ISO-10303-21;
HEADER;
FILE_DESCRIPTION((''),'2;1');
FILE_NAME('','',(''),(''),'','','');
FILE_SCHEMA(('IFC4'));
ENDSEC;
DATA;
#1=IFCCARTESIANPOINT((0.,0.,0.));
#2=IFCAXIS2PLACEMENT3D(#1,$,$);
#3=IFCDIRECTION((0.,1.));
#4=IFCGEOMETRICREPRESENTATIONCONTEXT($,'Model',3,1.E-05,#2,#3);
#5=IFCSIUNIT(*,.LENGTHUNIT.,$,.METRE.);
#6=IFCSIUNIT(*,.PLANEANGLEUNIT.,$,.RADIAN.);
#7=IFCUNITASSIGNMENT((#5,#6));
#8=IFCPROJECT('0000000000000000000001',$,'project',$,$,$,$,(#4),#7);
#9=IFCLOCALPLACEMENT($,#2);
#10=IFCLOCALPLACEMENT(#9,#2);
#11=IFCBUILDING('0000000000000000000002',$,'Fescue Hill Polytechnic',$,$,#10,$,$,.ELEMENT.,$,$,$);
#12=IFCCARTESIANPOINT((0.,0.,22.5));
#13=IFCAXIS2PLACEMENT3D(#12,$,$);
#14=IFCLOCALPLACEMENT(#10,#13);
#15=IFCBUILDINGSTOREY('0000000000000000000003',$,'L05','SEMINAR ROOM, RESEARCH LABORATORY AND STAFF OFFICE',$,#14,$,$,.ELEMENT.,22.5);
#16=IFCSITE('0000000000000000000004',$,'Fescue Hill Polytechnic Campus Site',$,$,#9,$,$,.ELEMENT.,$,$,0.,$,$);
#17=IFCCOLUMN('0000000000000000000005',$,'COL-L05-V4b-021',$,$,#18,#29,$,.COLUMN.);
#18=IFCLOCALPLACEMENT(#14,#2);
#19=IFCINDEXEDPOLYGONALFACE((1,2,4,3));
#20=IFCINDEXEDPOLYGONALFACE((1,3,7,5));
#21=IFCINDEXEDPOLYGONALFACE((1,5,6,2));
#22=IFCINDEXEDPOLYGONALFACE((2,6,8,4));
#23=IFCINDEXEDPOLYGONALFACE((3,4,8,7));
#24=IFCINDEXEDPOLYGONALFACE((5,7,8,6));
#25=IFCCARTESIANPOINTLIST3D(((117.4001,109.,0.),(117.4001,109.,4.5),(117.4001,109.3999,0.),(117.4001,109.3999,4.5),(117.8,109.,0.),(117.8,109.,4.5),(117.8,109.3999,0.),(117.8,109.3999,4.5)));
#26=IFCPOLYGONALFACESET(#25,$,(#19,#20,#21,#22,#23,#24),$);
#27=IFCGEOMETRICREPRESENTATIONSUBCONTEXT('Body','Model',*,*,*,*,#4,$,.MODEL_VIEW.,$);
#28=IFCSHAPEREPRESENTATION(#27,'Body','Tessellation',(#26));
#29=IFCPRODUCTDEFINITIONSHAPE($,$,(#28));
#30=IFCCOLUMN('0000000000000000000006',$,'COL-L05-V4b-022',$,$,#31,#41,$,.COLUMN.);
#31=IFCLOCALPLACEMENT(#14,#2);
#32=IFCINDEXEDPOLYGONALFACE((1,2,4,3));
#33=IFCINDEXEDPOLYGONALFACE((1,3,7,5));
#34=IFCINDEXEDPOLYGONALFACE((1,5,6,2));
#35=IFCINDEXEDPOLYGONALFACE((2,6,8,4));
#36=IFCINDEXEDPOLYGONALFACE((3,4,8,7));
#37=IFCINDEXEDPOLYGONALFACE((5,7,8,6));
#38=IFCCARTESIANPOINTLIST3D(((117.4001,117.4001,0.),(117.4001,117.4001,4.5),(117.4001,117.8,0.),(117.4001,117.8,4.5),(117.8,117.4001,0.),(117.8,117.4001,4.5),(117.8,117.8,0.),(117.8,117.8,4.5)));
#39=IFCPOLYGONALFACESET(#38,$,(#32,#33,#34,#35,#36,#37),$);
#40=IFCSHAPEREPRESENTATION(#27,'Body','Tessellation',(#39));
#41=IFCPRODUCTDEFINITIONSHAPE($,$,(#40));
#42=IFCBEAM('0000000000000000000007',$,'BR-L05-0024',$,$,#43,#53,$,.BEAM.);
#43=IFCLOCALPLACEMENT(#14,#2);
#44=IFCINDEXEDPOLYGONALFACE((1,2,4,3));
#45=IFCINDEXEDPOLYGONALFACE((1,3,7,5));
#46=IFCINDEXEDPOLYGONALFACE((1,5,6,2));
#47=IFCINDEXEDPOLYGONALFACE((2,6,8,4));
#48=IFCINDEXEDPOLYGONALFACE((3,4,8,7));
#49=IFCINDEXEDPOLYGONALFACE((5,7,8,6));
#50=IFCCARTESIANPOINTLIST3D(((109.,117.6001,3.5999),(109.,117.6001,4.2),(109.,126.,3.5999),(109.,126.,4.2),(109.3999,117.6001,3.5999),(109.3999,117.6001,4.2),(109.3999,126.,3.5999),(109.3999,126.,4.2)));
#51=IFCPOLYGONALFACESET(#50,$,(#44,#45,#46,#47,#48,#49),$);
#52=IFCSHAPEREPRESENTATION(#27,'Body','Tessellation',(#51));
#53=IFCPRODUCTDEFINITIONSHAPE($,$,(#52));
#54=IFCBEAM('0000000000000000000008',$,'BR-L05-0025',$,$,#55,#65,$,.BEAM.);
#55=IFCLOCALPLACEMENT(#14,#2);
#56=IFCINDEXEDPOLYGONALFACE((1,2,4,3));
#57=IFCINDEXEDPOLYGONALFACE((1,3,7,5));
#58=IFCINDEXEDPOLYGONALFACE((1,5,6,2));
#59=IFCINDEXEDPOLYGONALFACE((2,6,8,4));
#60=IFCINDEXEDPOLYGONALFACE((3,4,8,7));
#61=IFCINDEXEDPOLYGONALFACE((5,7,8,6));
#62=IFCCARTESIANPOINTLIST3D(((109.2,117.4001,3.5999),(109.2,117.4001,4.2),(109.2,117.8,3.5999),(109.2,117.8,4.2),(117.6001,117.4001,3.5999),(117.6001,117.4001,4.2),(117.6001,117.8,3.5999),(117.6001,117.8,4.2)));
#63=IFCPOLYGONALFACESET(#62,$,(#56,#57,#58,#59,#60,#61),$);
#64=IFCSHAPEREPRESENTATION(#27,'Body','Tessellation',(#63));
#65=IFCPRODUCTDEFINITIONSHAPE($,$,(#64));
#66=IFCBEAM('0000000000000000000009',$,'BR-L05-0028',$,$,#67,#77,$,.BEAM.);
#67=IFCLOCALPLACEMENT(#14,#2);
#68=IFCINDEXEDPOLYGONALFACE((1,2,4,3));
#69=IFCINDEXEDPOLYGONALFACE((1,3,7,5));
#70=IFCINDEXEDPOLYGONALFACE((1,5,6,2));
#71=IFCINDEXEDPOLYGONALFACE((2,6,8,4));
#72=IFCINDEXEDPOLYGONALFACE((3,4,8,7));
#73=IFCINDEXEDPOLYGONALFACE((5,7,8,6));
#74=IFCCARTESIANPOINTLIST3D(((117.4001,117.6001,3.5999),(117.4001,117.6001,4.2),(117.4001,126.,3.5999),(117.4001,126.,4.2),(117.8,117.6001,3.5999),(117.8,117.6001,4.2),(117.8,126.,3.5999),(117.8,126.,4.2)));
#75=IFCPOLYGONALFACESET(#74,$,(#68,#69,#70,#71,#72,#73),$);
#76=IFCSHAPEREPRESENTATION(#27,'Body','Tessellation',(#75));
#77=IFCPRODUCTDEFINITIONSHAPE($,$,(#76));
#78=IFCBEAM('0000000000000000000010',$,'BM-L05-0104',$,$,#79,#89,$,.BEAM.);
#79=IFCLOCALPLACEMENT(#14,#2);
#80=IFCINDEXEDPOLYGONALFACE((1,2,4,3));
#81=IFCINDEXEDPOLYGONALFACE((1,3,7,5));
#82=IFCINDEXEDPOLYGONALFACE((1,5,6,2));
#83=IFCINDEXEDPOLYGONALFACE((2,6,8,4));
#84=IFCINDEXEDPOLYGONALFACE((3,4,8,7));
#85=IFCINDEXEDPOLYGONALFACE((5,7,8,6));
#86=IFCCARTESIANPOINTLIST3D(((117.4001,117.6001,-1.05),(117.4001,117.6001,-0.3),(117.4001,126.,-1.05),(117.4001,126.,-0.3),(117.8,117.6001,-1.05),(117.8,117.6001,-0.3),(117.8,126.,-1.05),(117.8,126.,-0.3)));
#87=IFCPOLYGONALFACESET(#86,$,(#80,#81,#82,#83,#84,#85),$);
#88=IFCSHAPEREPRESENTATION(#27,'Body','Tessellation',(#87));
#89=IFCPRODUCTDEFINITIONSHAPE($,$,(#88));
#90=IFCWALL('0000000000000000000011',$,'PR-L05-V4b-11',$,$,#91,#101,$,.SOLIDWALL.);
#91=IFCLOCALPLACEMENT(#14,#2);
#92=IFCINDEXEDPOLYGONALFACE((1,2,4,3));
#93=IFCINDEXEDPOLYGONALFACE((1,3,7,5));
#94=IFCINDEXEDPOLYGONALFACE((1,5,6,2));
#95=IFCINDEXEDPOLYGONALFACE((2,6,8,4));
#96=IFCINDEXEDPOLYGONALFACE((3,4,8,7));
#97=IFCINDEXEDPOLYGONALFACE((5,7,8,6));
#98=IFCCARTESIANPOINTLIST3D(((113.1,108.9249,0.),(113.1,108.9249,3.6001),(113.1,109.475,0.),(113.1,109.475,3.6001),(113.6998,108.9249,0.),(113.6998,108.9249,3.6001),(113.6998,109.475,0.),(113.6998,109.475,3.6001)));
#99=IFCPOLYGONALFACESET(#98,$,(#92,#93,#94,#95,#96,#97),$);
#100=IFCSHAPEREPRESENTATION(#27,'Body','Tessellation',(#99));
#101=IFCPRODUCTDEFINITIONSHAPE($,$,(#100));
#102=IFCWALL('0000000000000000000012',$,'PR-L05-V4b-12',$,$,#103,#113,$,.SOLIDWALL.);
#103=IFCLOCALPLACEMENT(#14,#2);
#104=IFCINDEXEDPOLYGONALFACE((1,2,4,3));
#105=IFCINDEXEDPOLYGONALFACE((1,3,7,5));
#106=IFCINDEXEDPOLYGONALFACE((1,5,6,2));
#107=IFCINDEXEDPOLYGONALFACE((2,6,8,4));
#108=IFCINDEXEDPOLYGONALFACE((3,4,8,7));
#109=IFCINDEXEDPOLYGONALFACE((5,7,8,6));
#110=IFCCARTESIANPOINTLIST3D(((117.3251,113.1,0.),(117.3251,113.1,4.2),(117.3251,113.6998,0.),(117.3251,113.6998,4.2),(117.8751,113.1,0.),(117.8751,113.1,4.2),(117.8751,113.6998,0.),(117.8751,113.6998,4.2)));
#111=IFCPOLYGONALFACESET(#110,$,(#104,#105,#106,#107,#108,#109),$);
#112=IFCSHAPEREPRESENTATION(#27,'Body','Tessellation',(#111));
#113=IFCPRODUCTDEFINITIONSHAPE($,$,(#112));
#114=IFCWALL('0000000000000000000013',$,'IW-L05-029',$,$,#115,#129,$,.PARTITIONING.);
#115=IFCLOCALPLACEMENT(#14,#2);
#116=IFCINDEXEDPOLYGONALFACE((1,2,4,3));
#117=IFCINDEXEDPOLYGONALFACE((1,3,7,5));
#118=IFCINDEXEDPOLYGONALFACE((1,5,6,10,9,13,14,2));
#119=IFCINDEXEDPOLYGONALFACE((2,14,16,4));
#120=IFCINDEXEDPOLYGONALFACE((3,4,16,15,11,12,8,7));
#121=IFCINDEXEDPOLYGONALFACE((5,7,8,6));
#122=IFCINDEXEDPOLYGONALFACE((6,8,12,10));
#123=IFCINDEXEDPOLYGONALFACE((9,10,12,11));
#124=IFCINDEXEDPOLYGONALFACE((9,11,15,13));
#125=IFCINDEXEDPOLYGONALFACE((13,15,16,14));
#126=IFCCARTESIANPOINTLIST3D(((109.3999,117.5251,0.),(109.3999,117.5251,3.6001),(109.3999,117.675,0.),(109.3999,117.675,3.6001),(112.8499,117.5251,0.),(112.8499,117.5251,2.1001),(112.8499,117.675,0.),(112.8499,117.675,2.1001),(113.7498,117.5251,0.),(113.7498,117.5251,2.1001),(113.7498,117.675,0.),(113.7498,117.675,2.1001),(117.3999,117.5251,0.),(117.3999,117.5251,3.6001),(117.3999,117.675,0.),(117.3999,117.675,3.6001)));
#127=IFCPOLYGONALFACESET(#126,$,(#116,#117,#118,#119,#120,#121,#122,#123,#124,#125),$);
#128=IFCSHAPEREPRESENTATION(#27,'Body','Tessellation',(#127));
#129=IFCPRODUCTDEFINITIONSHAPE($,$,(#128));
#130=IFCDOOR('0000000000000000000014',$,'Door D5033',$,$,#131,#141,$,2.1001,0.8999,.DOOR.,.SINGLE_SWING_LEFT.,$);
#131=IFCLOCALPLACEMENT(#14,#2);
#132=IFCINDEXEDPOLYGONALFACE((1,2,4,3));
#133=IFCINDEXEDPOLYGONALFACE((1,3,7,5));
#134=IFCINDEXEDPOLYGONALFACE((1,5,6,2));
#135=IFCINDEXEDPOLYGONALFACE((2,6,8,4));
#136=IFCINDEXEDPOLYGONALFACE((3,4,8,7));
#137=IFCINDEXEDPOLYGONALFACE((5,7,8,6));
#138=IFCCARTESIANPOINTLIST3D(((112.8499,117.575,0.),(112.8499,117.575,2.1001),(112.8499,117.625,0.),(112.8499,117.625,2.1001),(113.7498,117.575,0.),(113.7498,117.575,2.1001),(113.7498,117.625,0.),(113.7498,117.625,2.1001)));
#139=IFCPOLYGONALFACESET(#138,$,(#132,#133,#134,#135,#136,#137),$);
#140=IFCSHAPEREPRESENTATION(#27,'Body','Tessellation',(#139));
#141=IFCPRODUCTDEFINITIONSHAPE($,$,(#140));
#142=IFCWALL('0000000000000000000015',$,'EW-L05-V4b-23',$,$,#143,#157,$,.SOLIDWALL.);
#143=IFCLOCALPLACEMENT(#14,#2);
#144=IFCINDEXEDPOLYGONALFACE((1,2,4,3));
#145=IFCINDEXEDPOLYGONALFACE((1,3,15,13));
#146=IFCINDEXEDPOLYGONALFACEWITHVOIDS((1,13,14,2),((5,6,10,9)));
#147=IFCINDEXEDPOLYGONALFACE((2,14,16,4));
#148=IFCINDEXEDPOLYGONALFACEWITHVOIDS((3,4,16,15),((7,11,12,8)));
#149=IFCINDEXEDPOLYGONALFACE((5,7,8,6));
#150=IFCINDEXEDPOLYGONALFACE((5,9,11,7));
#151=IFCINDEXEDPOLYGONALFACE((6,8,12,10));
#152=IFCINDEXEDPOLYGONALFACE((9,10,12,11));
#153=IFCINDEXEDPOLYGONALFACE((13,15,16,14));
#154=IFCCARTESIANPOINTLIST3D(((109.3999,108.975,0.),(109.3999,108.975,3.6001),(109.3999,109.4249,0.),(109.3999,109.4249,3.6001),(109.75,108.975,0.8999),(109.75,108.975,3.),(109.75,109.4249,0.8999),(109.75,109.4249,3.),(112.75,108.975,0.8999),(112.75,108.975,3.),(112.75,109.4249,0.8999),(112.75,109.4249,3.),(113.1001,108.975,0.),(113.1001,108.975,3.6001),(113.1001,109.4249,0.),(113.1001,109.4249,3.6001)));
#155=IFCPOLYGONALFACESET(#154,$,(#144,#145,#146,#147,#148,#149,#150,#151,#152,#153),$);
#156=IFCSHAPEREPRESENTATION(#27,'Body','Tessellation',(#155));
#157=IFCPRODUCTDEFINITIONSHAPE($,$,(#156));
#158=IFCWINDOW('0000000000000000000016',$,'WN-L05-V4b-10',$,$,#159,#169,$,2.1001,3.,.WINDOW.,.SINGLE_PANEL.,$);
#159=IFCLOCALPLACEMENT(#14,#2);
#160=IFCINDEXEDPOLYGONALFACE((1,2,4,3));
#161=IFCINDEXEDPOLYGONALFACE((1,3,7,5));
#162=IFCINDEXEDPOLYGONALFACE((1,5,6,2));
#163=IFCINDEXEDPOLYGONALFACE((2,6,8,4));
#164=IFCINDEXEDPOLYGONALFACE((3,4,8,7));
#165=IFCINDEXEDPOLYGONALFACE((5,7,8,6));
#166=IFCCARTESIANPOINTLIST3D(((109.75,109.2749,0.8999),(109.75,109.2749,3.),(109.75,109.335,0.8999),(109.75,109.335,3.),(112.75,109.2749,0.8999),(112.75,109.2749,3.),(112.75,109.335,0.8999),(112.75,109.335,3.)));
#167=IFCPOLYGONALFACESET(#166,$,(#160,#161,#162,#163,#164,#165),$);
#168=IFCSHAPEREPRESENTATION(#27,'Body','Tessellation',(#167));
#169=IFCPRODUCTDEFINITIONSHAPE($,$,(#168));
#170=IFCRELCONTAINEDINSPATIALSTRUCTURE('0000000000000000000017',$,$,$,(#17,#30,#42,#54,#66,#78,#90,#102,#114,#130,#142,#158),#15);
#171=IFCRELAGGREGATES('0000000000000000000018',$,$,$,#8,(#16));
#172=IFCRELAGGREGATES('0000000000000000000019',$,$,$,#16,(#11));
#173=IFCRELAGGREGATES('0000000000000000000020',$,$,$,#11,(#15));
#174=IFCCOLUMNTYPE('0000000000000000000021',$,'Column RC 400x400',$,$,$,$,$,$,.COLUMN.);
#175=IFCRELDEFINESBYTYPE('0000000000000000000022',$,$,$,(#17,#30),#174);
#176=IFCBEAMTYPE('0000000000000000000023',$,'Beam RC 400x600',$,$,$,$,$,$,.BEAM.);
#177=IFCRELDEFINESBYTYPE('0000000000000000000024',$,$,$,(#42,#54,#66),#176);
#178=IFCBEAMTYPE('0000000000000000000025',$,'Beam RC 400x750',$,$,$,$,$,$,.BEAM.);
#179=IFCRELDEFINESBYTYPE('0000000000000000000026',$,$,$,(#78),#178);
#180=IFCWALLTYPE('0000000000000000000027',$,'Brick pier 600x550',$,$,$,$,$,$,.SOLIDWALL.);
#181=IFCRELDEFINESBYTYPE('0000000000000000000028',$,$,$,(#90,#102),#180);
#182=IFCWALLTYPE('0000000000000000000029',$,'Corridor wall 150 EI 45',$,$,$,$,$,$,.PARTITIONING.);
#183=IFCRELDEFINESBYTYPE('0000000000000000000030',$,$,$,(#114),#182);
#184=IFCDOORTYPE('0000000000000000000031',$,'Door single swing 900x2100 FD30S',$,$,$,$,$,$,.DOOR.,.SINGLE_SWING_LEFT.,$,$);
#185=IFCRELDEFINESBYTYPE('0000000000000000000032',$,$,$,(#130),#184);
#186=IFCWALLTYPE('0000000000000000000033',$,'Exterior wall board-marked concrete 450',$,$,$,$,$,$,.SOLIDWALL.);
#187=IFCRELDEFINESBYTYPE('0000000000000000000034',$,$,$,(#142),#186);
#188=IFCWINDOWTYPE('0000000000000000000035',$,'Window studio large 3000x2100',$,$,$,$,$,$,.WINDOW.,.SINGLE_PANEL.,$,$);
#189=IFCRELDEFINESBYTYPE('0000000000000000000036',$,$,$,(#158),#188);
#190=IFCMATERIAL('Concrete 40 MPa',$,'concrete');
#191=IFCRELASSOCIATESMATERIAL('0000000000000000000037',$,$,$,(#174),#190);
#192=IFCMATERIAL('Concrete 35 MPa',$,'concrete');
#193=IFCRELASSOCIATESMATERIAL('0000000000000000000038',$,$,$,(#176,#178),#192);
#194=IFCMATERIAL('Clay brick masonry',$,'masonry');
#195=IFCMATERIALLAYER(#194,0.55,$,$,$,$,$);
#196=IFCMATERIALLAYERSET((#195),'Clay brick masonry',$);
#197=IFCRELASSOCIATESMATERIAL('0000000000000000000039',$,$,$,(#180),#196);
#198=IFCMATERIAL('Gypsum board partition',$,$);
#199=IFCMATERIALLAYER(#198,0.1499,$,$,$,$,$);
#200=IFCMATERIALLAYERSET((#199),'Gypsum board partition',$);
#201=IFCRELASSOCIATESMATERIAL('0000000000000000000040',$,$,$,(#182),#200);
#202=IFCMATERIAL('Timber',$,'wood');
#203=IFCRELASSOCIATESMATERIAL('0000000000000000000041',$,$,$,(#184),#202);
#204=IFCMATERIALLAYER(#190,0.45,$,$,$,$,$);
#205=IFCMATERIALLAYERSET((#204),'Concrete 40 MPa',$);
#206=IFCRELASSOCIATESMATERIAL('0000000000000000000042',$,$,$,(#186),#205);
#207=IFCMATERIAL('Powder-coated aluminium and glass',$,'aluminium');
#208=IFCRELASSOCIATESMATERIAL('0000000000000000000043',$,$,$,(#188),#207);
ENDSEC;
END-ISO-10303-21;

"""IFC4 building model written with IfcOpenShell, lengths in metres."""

from ifc_helpers import new_model, si_unit, direction, frame, frame_2d, origin, origin_2d, place, context, subcontext, project, spatial, rectangle, extrude, material, layer, layer_set, material_profile, profile_set, type_object, element, fill, save


model = new_model("IFC4")

# Units and contexts
model_context = context("Model", 3, precision=1e-05, world=origin(), true_north=direction((0.0, 1.0)))
body_context = subcontext(model_context, "Body", "Model", "MODEL_VIEW")
ifc_project = project(units=[si_unit("LENGTHUNIT", "METRE"), si_unit("PLANEANGLEUNIT", "RADIAN")], contexts=[model_context])

# Site, building, storey
site_placement = place(None, origin())
site = spatial("IfcSite", under=ifc_project, at=site_placement, Name="Fescue Hill Polytechnic Campus Site", CompositionType="ELEMENT", RefElevation=0.0)
building_placement = place(site_placement, origin())
building = spatial("IfcBuilding", under=site, at=building_placement, Name="Fescue Hill Polytechnic", CompositionType="ELEMENT")
storey_placement = place(building_placement, frame((0.0, 0.0, 22.5)))
storey = spatial("IfcBuildingStorey", under=building, at=storey_placement, Name="L05", Description="SEMINAR ROOM, RESEARCH LABORATORY AND STAFF OFFICE", CompositionType="ELEMENT", Elevation=22.5)

# Columns
ifc_material_1 = material(Name="Concrete 40 MPa", Category="concrete")
ifc_material_profile_1 = material_profile(ifc_material_1, rectangle(XDim=0.3999, YDim=0.3999, at=origin_2d()), Name="RC 400x400")
ifc_profile_set_1 = profile_set([ifc_material_profile_1], Name="Concrete 40 MPa")
column_type = type_object("IfcColumnType", Name="Column RC 400x400", PredefinedType="COLUMN", material=ifc_profile_set_1)
for number, where, z_axis, x_axis, name in (
    (1, (117.6001, 109.2, 0.0), (0.0, 0.0, 1.0), (1.0, 0.0, 0.0), "COL-L05-V4b-021"),
    (2, (117.6001, 117.6001, 0.0), (0.0, 0.0, 1.0), (1.0, 0.0, 0.0), "COL-L05-V4b-022"),
):
    element("IfcColumn", number, at=place(storey_placement, frame(where, z_axis=z_axis, x_axis=x_axis)), inside=storey, type_object=column_type, Name=name, PredefinedType="COLUMN", context=body_context, shape_type="SweptSolid", body=[
        extrude(rectangle(XDim=0.3999, YDim=0.3999, at=origin_2d()), origin(), (0.0, 0.0, 1.0), 4.5),
    ])

# Beams
ifc_material_2 = material(Name="Concrete 35 MPa", Category="concrete")
ifc_material_profile_2 = material_profile(ifc_material_2, rectangle(XDim=0.3999, YDim=0.6001, at=origin_2d()), Name="RC 400x600")
ifc_profile_set_2 = profile_set([ifc_material_profile_2], Name="Concrete 35 MPa")
beam_type_1 = type_object("IfcBeamType", Name="Beam RC 400x600", PredefinedType="BEAM", material=ifc_profile_set_2)
beam_1_placement = place(storey_placement, frame((109.2, 117.6001, 3.8999), z_axis=(0.0, 1.0, 0.0), x_axis=(-1.0, 0.0, 0.0)))
element("IfcBeam", 3, at=beam_1_placement, inside=storey, type_object=beam_type_1, Name="BR-L05-0024", PredefinedType="BEAM", context=body_context, shape_type="SweptSolid", body=[
    extrude(rectangle(XDim=0.3999, YDim=0.6001, at=origin_2d()), origin(), (0.0, 0.0, 1.0), 8.3999),
])
beam_2_placement = place(storey_placement, frame((109.2, 117.6001, 3.8999), z_axis=(1.0, 0.0, 0.0), x_axis=(0.0, 1.0, 0.0)))
element("IfcBeam", 4, at=beam_2_placement, inside=storey, type_object=beam_type_1, Name="BR-L05-0025", PredefinedType="BEAM", context=body_context, shape_type="SweptSolid", body=[
    extrude(rectangle(XDim=0.3999, YDim=0.6001, at=origin_2d()), origin(), (0.0, 0.0, 1.0), 8.4001),
])
beam_3_placement = place(storey_placement, frame((117.6001, 117.6001, 3.8999), z_axis=(0.0, 1.0, 0.0), x_axis=(-1.0, 0.0, 0.0)))
element("IfcBeam", 5, at=beam_3_placement, inside=storey, type_object=beam_type_1, Name="BR-L05-0028", PredefinedType="BEAM", context=body_context, shape_type="SweptSolid", body=[
    extrude(rectangle(XDim=0.3999, YDim=0.6001, at=origin_2d()), origin(), (0.0, 0.0, 1.0), 8.3999),
])
ifc_material_profile_3 = material_profile(ifc_material_2, rectangle(XDim=0.3999, YDim=0.75, at=origin_2d()), Name="RC 400x750")
ifc_profile_set_3 = profile_set([ifc_material_profile_3], Name="Concrete 35 MPa")
beam_type_2 = type_object("IfcBeamType", Name="Beam RC 400x750", PredefinedType="BEAM", material=ifc_profile_set_3)
beam_4_placement = place(storey_placement, frame((117.6001, 117.6001, -0.675), z_axis=(0.0, 1.0, 0.0), x_axis=(-1.0, 0.0, 0.0)))
element("IfcBeam", 6, at=beam_4_placement, inside=storey, type_object=beam_type_2, Name="BM-L05-0104", PredefinedType="BEAM", context=body_context, shape_type="SweptSolid", body=[
    extrude(rectangle(XDim=0.3999, YDim=0.75, at=origin_2d()), origin(), (0.0, 0.0, 1.0), 8.3999),
])

# Walls
ifc_material_3 = material(Name="Clay brick masonry", Category="masonry")
ifc_layer_1 = layer(ifc_material_3, 0.55)
ifc_layer_set_1 = layer_set([ifc_layer_1], Name="Clay brick masonry")
wall_type_1 = type_object("IfcWallType", Name="Brick pier 600x550", PredefinedType="SOLIDWALL", material=ifc_layer_set_1)
wall_1_placement = place(storey_placement, frame((113.1001, 109.2, 0.0), z_axis=(0.0, 0.0, 1.0), x_axis=(1.0, 0.0, 0.0)))
element("IfcWall", 7, at=wall_1_placement, inside=storey, type_object=wall_type_1, Name="PR-L05-V4b-11", PredefinedType="SOLIDWALL", context=body_context, shape_type="SweptSolid", body=[
    extrude(rectangle(XDim=0.5999, YDim=0.55, at=frame_2d((0.2998, 0.0))), origin(), (0.0, 0.0, 1.0), 3.6001),
])
wall_2_placement = place(storey_placement, frame((117.6001, 113.1001, 0.0), z_axis=(0.0, 0.0, 1.0), x_axis=(0.0, 1.0, 0.0)))
element("IfcWall", 8, at=wall_2_placement, inside=storey, type_object=wall_type_1, Name="PR-L05-V4b-12", PredefinedType="SOLIDWALL", context=body_context, shape_type="SweptSolid", body=[
    extrude(rectangle(XDim=0.5999, YDim=0.55, at=frame_2d((0.2998, 0.0))), origin(), (0.0, 0.0, 1.0), 4.2),
])

# Wall, opening, door
ifc_material_4 = material(Name="Gypsum board partition")
ifc_layer_2 = layer(ifc_material_4, 0.1499)
ifc_layer_set_2 = layer_set([ifc_layer_2], Name="Gypsum board partition")
wall_type_2 = type_object("IfcWallType", Name="Corridor wall 150 EI 45", PredefinedType="PARTITIONING", material=ifc_layer_set_2)
wall_3_placement = place(storey_placement, frame((109.3999, 117.6001, 0.0), z_axis=(0.0, 0.0, 1.0), x_axis=(1.0, 0.0, 0.0)))
wall_3 = element("IfcWall", 9, at=wall_3_placement, inside=storey, type_object=wall_type_2, Name="IW-L05-029", PredefinedType="PARTITIONING", context=body_context, shape_type="SweptSolid", body=[
    extrude(rectangle(XDim=8.0, YDim=0.1499, at=frame_2d((4.0, 0.0))), origin(), (0.0, 0.0, 1.0), 3.6001),
])
opening_1_placement = place(wall_3_placement, frame((3.45, 0.0, 0.0)))
opening_1 = element("IfcOpeningElement", 10, at=opening_1_placement, cuts=wall_3, PredefinedType="OPENING", context=body_context, shape_type="SweptSolid", body=[
    extrude(rectangle(XDim=0.8999, YDim=2.1001, at=frame_2d((0.45, 1.05))), frame((0.0, 0.085, 0.0), z_axis=(0.0, -1.0, 0.0), x_axis=(1.0, 0.0, 0.0)), (0.0, 0.0, 1.0), 0.1699),
])
ifc_material_5 = material(Name="Timber", Category="wood")
door_type = type_object("IfcDoorType", Name="Door single swing 900x2100 FD30S", OperationType="SINGLE_SWING_LEFT", PredefinedType="DOOR", material=ifc_material_5)
door_placement = place(opening_1_placement, origin())
door = element("IfcDoor", 11, at=door_placement, inside=storey, type_object=door_type, Name="Door D5033", OperationType="SINGLE_SWING_LEFT", OverallHeight=2.1001, OverallWidth=0.8999, PredefinedType="DOOR", context=body_context, shape_type="SweptSolid", body=[
    extrude(rectangle(XDim=0.8999, YDim=2.1001, at=frame_2d((0.45, 1.05))), frame((0.0, 0.0249, 0.0), z_axis=(0.0, -1.0, 0.0), x_axis=(1.0, 0.0, 0.0)), (0.0, 0.0, 1.0), 0.05),
])
fill(opening_1, door)

# Wall, opening, window
ifc_layer_3 = layer(ifc_material_1, 0.45)
ifc_layer_set_3 = layer_set([ifc_layer_3], Name="Concrete 40 MPa")
wall_type_3 = type_object("IfcWallType", Name="Exterior wall board-marked concrete 450", PredefinedType="SOLIDWALL", material=ifc_layer_set_3)
wall_4_placement = place(storey_placement, frame((109.3999, 109.2, 0.0), z_axis=(0.0, 0.0, 1.0), x_axis=(1.0, 0.0, 0.0)))
wall_4 = element("IfcWall", 12, at=wall_4_placement, inside=storey, type_object=wall_type_3, Name="EW-L05-V4b-23", PredefinedType="SOLIDWALL", context=body_context, shape_type="SweptSolid", body=[
    extrude(rectangle(XDim=3.7002, YDim=0.45, at=frame_2d((1.8501, 0.0))), origin(), (0.0, 0.0, 1.0), 3.6001),
])
opening_2_placement = place(wall_4_placement, frame((0.3501, 0.0, 0.8999)))
opening_2 = element("IfcOpeningElement", 13, at=opening_2_placement, cuts=wall_4, PredefinedType="OPENING", context=body_context, shape_type="SweptSolid", body=[
    extrude(rectangle(XDim=3.0, YDim=2.1001, at=frame_2d((1.5, 1.05))), frame((0.0, 0.2349, 0.0), z_axis=(0.0, -1.0, 0.0), x_axis=(1.0, 0.0, 0.0)), (0.0, 0.0, 1.0), 0.47),
])
ifc_material_6 = material(Name="Powder-coated aluminium and glass", Category="aluminium")
window_type_1 = type_object("IfcWindowType", Name="Window studio large 3000x2100", PartitioningType="SINGLE_PANEL", PredefinedType="WINDOW", material=ifc_material_6)
window_1_placement = place(opening_2_placement, origin())
window_1 = element("IfcWindow", 14, at=window_1_placement, inside=storey, type_object=window_type_1, Name="WN-L05-V4b-10", OverallHeight=2.1001, OverallWidth=3.0, PartitioningType="SINGLE_PANEL", PredefinedType="WINDOW", context=body_context, shape_type="SweptSolid", body=[
    extrude(rectangle(XDim=3.0, YDim=2.1001, at=frame_2d((1.5, 1.05))), frame((0.0, 0.135, 0.0), z_axis=(0.0, -1.0, 0.0), x_axis=(1.0, 0.0, 0.0)), (0.0, 0.0, 1.0), 0.0601),
])
fill(opening_2, window_1)

save(model, "model.ifc")
